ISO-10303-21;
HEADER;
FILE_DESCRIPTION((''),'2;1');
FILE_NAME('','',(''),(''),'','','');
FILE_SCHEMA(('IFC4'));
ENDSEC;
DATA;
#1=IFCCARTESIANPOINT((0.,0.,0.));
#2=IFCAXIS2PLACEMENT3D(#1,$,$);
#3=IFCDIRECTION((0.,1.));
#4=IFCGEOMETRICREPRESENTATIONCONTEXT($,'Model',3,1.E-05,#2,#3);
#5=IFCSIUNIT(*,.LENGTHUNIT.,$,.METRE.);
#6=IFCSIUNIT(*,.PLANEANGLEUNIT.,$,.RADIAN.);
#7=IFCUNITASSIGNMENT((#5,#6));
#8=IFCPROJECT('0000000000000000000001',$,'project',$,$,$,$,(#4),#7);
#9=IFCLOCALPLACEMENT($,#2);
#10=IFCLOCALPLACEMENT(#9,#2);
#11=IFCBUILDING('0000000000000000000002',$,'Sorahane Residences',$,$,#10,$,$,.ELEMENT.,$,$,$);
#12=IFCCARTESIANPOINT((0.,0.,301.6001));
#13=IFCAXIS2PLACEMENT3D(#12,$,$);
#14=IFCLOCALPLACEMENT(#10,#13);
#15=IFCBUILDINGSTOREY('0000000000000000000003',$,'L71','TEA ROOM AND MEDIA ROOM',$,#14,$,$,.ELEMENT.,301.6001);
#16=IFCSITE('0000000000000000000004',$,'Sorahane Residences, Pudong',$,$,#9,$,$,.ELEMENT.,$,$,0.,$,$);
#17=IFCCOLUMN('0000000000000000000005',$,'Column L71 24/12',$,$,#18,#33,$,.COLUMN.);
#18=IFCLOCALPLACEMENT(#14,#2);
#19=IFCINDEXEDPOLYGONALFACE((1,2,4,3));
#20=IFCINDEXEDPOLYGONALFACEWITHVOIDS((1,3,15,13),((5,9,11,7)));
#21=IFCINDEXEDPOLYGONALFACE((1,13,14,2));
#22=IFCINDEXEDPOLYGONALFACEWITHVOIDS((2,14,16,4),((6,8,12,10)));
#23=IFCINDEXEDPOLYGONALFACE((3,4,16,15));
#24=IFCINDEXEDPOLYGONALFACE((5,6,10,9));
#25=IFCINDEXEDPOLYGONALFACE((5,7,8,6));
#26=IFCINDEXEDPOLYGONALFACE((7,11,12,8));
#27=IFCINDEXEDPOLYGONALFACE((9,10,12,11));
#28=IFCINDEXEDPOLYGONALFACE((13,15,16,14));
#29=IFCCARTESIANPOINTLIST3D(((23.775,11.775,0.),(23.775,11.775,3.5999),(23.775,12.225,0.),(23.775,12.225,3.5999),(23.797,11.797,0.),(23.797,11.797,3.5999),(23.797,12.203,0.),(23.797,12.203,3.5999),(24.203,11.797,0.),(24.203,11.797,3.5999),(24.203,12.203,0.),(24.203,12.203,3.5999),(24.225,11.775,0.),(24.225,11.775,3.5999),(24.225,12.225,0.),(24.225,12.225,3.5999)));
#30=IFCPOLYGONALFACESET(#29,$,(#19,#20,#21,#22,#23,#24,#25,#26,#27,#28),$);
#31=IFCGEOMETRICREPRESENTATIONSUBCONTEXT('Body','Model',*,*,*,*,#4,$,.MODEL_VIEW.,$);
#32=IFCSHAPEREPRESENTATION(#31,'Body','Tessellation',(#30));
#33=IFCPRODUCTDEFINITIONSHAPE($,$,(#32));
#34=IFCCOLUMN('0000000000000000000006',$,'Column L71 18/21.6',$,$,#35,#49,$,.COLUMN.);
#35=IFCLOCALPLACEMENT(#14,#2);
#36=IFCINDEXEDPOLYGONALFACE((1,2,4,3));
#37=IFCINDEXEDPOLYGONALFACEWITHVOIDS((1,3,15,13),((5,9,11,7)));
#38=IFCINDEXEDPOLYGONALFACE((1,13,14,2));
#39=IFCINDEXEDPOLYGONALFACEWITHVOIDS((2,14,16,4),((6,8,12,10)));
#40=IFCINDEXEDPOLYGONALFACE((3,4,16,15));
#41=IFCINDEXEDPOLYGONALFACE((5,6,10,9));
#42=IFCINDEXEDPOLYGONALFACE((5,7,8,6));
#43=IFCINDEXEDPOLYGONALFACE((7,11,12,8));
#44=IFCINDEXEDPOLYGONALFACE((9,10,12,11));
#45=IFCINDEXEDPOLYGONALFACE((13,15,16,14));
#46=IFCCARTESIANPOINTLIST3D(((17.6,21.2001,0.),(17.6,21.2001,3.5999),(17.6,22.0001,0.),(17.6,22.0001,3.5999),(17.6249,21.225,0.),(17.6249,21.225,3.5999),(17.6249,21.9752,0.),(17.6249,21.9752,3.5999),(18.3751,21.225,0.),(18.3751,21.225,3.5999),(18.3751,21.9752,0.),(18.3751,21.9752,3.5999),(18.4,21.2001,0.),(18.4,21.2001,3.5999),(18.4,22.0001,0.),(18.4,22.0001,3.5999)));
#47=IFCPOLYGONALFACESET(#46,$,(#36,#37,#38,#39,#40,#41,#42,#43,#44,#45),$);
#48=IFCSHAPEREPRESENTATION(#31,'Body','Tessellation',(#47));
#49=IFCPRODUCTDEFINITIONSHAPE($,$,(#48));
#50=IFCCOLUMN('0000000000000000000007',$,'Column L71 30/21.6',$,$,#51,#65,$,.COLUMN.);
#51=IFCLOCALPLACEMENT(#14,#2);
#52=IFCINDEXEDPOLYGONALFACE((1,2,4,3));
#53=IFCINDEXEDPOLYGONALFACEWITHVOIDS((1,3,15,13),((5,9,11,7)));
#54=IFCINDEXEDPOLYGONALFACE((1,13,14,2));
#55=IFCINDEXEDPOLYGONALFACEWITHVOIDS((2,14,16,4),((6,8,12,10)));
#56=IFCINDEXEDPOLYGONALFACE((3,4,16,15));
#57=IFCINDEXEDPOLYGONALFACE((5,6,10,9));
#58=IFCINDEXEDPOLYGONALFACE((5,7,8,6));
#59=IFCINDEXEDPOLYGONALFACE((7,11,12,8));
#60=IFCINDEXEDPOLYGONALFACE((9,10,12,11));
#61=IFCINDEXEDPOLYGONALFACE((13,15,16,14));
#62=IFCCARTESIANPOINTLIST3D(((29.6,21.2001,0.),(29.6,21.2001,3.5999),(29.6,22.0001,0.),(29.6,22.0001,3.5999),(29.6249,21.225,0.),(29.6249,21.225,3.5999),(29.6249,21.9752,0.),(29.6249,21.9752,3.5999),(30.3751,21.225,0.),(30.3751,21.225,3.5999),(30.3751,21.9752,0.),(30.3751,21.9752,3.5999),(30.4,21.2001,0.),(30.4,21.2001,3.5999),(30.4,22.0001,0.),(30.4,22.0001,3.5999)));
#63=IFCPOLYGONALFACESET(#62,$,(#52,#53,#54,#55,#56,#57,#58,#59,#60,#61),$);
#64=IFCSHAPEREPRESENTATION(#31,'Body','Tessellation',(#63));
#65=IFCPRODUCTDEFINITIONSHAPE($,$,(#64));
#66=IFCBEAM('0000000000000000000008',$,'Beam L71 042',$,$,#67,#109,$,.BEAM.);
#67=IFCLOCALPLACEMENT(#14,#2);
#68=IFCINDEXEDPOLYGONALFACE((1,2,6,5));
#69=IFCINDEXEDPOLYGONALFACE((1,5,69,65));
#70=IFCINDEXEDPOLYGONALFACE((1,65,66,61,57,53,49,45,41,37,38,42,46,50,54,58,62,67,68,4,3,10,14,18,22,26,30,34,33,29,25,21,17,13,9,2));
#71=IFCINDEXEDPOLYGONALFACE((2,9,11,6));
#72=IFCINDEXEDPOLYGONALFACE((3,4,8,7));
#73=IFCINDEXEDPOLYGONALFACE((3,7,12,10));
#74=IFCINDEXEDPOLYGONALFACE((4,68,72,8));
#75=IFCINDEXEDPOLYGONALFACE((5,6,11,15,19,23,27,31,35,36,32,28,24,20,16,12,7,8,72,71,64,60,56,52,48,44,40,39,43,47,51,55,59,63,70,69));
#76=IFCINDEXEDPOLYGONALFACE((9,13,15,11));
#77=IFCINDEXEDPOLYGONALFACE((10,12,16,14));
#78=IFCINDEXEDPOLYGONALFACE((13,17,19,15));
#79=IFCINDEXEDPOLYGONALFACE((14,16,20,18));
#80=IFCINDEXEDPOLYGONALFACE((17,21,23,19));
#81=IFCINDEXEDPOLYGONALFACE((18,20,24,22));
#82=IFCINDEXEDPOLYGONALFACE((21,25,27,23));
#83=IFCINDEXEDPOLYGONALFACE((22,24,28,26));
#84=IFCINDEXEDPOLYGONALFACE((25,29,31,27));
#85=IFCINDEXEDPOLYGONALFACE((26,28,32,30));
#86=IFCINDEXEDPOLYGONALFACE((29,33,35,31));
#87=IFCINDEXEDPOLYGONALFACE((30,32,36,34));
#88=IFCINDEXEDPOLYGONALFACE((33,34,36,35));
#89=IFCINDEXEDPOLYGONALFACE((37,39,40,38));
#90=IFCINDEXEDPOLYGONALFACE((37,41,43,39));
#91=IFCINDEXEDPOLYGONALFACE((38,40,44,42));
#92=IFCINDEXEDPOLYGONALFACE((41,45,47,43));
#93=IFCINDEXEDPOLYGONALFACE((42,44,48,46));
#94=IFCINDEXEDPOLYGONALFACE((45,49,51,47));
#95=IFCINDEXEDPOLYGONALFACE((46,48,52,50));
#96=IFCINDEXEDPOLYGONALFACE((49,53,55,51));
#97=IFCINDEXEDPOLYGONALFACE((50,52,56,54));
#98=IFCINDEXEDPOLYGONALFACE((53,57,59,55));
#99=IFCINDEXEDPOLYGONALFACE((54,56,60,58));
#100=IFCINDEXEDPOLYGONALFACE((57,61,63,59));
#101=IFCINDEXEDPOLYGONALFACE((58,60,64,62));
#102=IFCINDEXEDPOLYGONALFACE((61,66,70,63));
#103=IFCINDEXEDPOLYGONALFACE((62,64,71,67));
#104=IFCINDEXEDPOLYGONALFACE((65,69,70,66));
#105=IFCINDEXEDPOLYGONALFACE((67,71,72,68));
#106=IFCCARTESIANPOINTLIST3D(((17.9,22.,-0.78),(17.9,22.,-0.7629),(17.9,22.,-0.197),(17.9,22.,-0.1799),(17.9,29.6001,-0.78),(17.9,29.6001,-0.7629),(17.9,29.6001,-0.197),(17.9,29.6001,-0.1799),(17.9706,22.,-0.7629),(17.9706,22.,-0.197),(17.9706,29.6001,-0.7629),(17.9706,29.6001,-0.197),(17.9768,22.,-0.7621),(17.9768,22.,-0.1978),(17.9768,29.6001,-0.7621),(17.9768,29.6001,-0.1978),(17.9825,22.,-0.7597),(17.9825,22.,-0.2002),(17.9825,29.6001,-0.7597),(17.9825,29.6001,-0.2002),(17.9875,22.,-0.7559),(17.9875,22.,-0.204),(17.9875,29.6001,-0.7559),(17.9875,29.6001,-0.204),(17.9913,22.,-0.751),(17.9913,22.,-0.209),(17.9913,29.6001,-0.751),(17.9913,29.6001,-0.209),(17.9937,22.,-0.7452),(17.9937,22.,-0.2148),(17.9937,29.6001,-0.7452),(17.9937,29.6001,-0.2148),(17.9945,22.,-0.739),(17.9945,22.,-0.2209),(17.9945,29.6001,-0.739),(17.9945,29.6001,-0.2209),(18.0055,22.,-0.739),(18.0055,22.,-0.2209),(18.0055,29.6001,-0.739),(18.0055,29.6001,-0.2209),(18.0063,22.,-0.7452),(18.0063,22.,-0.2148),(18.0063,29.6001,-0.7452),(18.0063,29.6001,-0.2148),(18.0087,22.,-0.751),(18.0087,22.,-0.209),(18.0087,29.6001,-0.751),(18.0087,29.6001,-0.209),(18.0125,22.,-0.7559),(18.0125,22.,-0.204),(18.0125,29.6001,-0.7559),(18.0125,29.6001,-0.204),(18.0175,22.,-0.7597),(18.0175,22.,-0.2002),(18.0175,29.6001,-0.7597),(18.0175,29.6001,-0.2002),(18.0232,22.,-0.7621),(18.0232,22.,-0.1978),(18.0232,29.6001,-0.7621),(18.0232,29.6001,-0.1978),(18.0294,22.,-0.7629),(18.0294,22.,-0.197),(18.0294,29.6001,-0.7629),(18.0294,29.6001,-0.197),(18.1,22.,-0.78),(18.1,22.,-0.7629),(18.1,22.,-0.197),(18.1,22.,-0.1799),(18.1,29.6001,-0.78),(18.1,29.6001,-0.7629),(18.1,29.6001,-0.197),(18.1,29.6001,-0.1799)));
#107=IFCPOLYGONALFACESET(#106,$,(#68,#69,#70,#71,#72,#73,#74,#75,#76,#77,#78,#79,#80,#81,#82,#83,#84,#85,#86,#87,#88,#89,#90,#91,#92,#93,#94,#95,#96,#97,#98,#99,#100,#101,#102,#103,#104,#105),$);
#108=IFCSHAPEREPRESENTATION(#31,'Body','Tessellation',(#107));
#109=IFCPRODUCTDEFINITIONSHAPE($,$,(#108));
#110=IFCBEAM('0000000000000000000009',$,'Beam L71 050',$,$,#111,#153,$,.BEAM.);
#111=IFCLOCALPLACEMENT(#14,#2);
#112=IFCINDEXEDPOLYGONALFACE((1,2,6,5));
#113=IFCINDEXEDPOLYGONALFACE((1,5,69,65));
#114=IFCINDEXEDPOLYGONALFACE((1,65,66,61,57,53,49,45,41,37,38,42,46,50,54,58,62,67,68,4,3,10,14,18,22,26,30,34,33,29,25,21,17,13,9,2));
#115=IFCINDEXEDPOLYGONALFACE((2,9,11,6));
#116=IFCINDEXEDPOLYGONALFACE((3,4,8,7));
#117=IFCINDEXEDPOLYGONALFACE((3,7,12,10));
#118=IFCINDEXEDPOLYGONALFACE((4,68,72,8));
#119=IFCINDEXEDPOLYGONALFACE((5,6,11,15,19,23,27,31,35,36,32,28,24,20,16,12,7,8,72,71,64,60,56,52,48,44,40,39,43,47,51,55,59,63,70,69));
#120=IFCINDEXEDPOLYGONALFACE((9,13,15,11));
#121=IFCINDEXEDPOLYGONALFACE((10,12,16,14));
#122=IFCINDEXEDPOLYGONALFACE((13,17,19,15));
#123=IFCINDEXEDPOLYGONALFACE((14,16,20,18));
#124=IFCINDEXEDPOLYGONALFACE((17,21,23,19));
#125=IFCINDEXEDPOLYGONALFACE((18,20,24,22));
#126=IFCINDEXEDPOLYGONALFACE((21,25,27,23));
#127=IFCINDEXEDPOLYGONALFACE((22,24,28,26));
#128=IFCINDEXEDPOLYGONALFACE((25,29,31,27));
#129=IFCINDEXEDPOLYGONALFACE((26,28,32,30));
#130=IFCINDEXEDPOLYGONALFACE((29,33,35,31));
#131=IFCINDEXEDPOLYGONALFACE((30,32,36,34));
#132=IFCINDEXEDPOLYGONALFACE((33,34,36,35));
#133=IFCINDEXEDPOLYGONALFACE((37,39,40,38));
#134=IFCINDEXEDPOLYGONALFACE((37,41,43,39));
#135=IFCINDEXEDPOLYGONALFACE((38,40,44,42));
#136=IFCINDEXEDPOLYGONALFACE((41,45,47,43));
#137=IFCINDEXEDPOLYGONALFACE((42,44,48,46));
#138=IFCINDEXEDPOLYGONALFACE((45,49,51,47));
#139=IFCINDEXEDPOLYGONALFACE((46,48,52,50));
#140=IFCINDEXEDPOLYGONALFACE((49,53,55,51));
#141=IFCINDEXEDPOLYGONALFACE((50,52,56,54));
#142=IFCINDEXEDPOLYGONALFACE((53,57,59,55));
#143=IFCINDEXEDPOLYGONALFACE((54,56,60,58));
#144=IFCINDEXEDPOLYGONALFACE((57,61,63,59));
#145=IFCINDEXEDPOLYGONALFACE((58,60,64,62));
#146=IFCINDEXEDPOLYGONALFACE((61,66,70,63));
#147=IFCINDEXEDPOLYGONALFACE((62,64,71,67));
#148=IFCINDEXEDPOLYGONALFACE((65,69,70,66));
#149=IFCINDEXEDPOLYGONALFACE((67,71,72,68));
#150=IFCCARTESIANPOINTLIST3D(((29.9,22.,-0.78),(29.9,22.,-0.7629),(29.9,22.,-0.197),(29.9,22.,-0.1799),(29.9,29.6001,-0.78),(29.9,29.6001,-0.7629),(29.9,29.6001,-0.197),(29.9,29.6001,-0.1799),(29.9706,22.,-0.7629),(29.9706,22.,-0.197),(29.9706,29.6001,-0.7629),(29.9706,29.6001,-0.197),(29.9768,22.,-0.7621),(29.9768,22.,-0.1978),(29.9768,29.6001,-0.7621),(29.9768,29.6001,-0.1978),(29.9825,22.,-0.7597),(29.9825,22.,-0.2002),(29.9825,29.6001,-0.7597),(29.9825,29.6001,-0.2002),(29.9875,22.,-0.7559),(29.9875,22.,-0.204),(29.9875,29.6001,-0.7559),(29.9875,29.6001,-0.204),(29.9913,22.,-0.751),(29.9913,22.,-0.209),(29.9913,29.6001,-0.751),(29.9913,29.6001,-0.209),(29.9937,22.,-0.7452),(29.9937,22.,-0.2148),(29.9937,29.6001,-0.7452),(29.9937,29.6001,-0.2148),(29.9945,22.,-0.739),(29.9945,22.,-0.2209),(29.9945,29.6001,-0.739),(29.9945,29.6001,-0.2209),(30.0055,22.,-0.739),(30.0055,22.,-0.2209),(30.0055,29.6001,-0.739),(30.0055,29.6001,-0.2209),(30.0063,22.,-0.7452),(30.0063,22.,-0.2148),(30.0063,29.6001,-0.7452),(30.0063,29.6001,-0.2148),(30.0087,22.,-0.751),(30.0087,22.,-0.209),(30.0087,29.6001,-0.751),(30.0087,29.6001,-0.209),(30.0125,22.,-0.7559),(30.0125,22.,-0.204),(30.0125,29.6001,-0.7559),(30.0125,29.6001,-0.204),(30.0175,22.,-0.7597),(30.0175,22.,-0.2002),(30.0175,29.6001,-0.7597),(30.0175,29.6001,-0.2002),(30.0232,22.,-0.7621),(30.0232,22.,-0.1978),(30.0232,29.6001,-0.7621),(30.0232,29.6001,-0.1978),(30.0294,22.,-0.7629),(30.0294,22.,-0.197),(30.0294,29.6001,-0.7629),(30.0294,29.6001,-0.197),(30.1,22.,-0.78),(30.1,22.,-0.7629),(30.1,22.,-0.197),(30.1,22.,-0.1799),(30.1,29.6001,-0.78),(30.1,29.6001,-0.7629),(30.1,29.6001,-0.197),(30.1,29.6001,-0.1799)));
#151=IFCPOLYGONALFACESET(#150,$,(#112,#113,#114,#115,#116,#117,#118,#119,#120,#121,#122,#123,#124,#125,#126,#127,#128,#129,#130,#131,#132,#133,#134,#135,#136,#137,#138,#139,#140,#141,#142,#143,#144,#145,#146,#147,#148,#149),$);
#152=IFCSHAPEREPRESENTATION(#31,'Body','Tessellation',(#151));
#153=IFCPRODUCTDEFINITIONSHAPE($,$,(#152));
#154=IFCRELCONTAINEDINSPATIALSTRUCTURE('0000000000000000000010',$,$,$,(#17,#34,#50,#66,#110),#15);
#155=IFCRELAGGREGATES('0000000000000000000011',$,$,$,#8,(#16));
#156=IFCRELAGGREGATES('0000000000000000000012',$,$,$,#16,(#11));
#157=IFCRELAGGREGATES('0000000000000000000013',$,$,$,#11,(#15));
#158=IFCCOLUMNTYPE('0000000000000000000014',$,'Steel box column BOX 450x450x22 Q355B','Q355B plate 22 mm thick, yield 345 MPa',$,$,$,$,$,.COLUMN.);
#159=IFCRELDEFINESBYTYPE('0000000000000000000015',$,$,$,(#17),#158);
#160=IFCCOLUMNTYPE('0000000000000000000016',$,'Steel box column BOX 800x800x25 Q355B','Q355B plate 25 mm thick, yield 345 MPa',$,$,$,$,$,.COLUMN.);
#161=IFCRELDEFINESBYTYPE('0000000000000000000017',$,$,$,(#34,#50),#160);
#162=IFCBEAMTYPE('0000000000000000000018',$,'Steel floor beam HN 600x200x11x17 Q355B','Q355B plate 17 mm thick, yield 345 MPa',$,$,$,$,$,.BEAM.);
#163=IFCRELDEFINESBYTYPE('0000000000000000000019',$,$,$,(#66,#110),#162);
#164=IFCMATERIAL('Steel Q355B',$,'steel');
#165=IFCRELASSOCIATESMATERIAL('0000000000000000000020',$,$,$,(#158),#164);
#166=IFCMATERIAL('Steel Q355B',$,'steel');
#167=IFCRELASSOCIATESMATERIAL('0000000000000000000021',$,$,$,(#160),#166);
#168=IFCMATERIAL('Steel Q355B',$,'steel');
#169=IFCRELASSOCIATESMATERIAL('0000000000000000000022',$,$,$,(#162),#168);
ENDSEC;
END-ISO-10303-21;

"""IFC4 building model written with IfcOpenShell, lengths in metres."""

from ifc_helpers import new_model, si_unit, direction, frame, origin, origin_2d, place, context, subcontext, project, spatial, hollow_rectangle, i_section, extrude, material, material_profile, profile_set, type_object, element, save


model = new_model("IFC4")

# Units and contexts
model_context = context("Model", 3, precision=1e-05, world=origin(), true_north=direction((0.0, 1.0)))
body_context = subcontext(model_context, "Body", "Model", "MODEL_VIEW")
ifc_project = project(units=[si_unit("LENGTHUNIT", "METRE"), si_unit("PLANEANGLEUNIT", "RADIAN")], contexts=[model_context])

# Site, building, storey
site_placement = place(None, origin())
site = spatial("IfcSite", under=ifc_project, at=site_placement, Name="Sorahane Residences, Pudong", CompositionType="ELEMENT", RefElevation=0.0)
building_placement = place(site_placement, origin())
building = spatial("IfcBuilding", under=site, at=building_placement, Name="Sorahane Residences", CompositionType="ELEMENT")
storey_placement = place(building_placement, frame((0.0, 0.0, 301.6001)))
storey = spatial("IfcBuildingStorey", under=building, at=storey_placement, Name="L71", Description="TEA ROOM AND MEDIA ROOM", CompositionType="ELEMENT", Elevation=301.6001)

# Columns
ifc_material_1 = material(Name="Steel Q355B", Category="steel")
ifc_material_profile_1 = material_profile(ifc_material_1, hollow_rectangle(XDim=0.45, YDim=0.45, WallThickness=0.022, at=origin_2d()), Name="BOX 450x450x22")
ifc_profile_set_1 = profile_set([ifc_material_profile_1], Name="Steel Q355B")
column_type_1 = type_object("IfcColumnType", Name="Steel box column BOX 450x450x22 Q355B", Description="Q355B plate 22 mm thick, yield 345 MPa", PredefinedType="COLUMN", material=ifc_profile_set_1)
column_placement = place(storey_placement, frame((24.0, 12.0, 0.0), z_axis=(0.0, 0.0, 1.0), x_axis=(1.0, 0.0, 0.0)))
element("IfcColumn", 1, at=column_placement, inside=storey, type_object=column_type_1, Name="Column L71 24/12", PredefinedType="COLUMN", context=body_context, shape_type="SweptSolid", body=[
    extrude(hollow_rectangle(XDim=0.45, YDim=0.45, WallThickness=0.022, at=origin_2d()), origin(), (0.0, 0.0, 1.0), 3.5999),
])
ifc_material_2 = material(Name="Steel Q355B", Category="steel")
ifc_material_profile_2 = material_profile(ifc_material_2, hollow_rectangle(XDim=0.8, YDim=0.8, WallThickness=0.0249, at=origin_2d()), Name="BOX 800x800x25")
ifc_profile_set_2 = profile_set([ifc_material_profile_2], Name="Steel Q355B")
column_type_2 = type_object("IfcColumnType", Name="Steel box column BOX 800x800x25 Q355B", Description="Q355B plate 25 mm thick, yield 345 MPa", PredefinedType="COLUMN", material=ifc_profile_set_2)
for number, where, z_axis, x_axis, name in (
    (2, (18.0, 21.6001, 0.0), (0.0, 0.0, 1.0), (1.0, 0.0, 0.0), "Column L71 18/21.6"),
    (3, (30.0, 21.6001, 0.0), (0.0, 0.0, 1.0), (1.0, 0.0, 0.0), "Column L71 30/21.6"),
):
    element("IfcColumn", number, at=place(storey_placement, frame(where, z_axis=z_axis, x_axis=x_axis)), inside=storey, type_object=column_type_2, Name=name, PredefinedType="COLUMN", context=body_context, shape_type="SweptSolid", body=[
        extrude(hollow_rectangle(XDim=0.8, YDim=0.8, WallThickness=0.0249, at=origin_2d()), origin(), (0.0, 0.0, 1.0), 3.5999),
    ])

# Beams
ifc_material_3 = material(Name="Steel Q355B", Category="steel")
ifc_material_profile_3 = material_profile(ifc_material_3, i_section(OverallWidth=0.2, OverallDepth=0.6001, WebThickness=0.011, FlangeThickness=0.0171, FilletRadius=0.0239, at=origin_2d()), Name="HN 600x200x11x17")
ifc_profile_set_3 = profile_set([ifc_material_profile_3], Name="Steel Q355B")
beam_type_1 = type_object("IfcBeamType", Name="Steel floor beam HN 600x200x11x17 Q355B", Description="Q355B plate 17 mm thick, yield 345 MPa", PredefinedType="BEAM", material=ifc_profile_set_3)
for number, where, z_axis, x_axis, name in (
    (4, (18.0, 22.0, -0.48), (0.0, 1.0, 0.0), (-1.0, 0.0, 0.0), "Beam L71 042"),
    (5, (30.0, 22.0, -0.48), (0.0, 1.0, 0.0), (-1.0, 0.0, 0.0), "Beam L71 050"),
):
    element("IfcBeam", number, at=place(storey_placement, frame(where, z_axis=z_axis, x_axis=x_axis)), inside=storey, type_object=beam_type_1, Name=name, PredefinedType="BEAM", context=body_context, shape_type="SweptSolid", body=[
        extrude(i_section(OverallWidth=0.2, OverallDepth=0.6001, WebThickness=0.011, FlangeThickness=0.0171, FilletRadius=0.0239, at=origin_2d()), origin(), (0.0, 0.0, 1.0), 7.6001),
    ])

save(model, "model.ifc")
